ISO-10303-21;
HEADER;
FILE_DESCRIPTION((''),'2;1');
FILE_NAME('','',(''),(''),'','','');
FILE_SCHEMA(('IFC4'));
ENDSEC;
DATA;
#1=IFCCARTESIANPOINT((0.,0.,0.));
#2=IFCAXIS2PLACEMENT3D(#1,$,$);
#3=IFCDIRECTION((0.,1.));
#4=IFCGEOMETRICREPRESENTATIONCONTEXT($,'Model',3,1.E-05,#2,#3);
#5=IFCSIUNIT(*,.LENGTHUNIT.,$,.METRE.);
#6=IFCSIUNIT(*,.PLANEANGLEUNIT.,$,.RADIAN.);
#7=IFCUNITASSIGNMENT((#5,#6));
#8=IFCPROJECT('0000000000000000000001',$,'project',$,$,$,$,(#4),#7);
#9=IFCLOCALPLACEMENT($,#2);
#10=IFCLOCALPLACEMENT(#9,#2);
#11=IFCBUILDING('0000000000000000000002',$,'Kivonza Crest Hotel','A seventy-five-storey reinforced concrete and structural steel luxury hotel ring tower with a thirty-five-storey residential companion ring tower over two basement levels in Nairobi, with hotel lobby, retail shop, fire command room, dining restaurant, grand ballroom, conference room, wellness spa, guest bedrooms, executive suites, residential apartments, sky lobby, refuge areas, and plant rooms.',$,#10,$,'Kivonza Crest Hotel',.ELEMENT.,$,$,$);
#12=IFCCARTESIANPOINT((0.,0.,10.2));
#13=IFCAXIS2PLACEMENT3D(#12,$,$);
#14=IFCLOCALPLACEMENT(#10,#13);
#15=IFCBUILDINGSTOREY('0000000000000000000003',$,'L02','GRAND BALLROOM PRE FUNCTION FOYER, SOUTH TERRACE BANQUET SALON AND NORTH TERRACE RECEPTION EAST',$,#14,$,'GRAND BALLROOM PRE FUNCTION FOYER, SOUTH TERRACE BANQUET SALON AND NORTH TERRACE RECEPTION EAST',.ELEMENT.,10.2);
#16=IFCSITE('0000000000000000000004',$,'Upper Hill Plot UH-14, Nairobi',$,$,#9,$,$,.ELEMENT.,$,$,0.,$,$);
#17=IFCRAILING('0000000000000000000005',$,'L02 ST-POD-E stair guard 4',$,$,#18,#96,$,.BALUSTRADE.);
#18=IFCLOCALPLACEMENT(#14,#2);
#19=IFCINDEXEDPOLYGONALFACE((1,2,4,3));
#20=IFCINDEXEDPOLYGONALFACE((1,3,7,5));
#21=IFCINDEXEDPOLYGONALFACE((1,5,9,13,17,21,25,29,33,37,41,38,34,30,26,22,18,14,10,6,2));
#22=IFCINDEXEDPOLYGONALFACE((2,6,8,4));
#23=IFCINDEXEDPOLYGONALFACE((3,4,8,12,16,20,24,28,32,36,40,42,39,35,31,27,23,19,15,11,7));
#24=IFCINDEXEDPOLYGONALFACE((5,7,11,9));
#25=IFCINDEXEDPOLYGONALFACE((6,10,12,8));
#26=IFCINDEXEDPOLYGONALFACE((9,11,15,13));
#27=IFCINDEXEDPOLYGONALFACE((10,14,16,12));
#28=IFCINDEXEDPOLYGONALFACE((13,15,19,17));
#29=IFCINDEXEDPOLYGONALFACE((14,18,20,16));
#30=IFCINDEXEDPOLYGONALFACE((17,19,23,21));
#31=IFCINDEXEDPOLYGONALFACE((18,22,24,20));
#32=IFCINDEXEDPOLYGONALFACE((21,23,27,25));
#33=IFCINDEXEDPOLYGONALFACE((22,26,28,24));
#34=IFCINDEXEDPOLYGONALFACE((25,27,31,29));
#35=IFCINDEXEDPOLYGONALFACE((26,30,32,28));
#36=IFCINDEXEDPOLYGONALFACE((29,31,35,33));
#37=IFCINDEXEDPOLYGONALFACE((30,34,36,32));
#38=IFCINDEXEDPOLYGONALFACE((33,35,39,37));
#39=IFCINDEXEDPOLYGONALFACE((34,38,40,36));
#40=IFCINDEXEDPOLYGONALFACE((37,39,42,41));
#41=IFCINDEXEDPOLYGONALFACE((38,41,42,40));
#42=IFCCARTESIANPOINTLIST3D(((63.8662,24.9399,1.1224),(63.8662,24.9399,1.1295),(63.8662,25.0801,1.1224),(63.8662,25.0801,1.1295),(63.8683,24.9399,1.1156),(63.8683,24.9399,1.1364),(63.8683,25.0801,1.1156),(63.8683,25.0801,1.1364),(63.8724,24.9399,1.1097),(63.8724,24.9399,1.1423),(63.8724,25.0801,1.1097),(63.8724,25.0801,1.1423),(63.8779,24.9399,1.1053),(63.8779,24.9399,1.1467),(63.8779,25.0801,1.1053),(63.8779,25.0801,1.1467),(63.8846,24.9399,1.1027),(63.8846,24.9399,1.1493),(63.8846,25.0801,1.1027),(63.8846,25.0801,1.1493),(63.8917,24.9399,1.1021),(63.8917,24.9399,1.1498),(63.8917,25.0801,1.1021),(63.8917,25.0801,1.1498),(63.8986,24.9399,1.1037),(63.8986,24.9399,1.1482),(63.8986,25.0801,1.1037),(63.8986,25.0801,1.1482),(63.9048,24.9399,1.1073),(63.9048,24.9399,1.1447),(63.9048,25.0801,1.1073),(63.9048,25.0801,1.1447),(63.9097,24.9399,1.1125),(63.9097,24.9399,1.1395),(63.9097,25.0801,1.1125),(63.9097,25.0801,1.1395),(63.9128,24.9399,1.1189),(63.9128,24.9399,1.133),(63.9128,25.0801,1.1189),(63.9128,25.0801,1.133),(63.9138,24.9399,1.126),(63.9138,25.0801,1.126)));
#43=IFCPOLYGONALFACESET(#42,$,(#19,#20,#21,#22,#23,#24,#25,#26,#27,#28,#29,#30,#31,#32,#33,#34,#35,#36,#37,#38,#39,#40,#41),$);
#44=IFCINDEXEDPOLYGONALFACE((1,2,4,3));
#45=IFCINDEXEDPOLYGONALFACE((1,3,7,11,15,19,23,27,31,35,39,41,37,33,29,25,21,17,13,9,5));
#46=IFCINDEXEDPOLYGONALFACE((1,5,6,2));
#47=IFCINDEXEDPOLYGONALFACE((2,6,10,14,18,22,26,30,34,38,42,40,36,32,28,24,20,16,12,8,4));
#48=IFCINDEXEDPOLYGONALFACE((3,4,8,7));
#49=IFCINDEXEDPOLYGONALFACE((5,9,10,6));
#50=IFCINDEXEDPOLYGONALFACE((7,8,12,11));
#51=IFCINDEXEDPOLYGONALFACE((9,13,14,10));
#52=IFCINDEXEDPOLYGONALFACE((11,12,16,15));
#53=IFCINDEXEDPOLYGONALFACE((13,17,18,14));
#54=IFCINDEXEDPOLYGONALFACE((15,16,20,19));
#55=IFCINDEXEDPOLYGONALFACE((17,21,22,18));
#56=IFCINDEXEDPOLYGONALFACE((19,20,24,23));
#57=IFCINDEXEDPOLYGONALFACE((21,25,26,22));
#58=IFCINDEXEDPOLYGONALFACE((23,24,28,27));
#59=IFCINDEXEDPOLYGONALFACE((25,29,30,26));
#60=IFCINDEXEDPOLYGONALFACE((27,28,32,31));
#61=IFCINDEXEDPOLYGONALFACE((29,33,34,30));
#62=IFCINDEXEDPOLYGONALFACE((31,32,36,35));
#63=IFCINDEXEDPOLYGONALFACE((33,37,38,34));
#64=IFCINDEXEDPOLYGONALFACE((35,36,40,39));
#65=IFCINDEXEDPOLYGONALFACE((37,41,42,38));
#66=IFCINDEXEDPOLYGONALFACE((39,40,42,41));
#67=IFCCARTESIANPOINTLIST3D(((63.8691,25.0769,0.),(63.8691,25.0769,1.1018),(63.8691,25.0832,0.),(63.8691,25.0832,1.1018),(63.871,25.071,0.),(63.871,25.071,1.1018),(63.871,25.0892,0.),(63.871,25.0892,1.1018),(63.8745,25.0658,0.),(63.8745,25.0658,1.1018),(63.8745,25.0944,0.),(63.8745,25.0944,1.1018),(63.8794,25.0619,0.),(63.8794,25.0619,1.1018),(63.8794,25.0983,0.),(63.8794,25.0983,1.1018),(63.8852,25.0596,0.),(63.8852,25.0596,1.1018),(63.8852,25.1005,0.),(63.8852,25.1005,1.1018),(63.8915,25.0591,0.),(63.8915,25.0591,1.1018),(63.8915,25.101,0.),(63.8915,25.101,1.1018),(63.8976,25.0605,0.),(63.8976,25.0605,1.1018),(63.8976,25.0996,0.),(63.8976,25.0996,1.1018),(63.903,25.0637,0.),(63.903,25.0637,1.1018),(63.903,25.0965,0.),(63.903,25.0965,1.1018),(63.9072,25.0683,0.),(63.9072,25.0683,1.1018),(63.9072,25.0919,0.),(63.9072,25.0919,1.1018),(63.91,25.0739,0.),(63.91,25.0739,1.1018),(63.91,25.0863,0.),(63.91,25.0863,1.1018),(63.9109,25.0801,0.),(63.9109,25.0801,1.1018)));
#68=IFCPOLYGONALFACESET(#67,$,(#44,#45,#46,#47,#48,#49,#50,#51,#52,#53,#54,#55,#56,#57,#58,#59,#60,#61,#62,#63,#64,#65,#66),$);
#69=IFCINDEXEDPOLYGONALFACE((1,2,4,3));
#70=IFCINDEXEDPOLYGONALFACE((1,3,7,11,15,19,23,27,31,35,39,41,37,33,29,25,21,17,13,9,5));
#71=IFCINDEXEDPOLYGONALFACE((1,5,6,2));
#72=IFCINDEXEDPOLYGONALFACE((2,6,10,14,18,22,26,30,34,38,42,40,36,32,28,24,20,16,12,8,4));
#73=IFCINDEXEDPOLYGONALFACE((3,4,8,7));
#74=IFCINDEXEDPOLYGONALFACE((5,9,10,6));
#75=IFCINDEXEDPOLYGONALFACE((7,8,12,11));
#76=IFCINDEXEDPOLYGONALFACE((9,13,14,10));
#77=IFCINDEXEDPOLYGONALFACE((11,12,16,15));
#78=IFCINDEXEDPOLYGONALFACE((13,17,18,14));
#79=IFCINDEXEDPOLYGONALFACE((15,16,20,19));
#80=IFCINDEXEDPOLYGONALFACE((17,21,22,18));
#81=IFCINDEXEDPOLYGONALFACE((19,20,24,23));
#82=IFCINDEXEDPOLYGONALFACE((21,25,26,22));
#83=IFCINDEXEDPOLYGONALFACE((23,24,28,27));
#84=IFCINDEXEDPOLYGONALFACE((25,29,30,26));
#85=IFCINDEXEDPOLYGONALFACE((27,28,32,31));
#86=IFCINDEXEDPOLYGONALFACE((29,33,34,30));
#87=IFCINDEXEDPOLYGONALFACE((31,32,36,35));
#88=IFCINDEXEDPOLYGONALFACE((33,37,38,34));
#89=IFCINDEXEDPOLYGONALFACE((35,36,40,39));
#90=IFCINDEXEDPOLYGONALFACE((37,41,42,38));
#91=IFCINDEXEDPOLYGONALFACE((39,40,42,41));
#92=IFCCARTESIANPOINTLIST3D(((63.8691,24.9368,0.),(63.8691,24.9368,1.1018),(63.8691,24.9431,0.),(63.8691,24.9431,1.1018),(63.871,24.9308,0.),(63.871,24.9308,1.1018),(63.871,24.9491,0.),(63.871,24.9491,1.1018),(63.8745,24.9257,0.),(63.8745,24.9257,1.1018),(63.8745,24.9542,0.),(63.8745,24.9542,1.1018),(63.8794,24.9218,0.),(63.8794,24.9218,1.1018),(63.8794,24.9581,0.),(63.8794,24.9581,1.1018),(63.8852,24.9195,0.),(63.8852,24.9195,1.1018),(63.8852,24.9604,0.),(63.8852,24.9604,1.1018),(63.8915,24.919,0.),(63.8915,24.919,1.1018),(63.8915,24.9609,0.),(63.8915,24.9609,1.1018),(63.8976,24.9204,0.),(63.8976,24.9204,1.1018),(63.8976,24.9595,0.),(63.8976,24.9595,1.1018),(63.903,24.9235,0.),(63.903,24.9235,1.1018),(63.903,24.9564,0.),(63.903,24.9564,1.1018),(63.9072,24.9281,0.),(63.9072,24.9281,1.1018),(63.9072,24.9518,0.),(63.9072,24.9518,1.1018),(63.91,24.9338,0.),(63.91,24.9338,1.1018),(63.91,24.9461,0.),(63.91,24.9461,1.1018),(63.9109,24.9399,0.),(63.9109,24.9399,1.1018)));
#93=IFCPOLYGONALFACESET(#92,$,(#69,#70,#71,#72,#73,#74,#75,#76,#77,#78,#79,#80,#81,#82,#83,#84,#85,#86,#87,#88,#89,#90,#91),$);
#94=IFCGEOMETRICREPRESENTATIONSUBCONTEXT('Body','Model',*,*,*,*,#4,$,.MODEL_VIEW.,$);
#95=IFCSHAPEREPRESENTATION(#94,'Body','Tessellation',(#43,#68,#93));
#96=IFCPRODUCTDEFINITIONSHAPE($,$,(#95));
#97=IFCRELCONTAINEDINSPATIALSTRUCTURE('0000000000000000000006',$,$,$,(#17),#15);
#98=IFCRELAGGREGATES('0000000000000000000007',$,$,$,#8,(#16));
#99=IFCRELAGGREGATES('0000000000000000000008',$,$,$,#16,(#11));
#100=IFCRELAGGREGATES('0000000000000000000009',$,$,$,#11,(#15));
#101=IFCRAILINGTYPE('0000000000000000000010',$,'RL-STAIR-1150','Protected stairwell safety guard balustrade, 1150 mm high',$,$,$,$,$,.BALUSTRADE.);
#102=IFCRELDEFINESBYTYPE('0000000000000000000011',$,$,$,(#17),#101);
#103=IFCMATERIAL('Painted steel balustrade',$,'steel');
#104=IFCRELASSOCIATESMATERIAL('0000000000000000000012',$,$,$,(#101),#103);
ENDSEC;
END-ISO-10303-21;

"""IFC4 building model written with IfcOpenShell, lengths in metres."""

from ifc_helpers import new_model, si_unit, direction, frame, origin, origin_2d, place, context, subcontext, project, spatial, circle, extrude, material, type_object, element, save


model = new_model("IFC4")

# Units and contexts
model_context = context("Model", 3, precision=1e-05, world=origin(), true_north=direction((0.0, 1.0)))
body_context = subcontext(model_context, "Body", "Model", "MODEL_VIEW")
ifc_project = project(units=[si_unit("LENGTHUNIT", "METRE"), si_unit("PLANEANGLEUNIT", "RADIAN")], contexts=[model_context])

# Site, building, storey
site_placement = place(None, origin())
site = spatial("IfcSite", under=ifc_project, at=site_placement, Name="Upper Hill Plot UH-14, Nairobi", CompositionType="ELEMENT", RefElevation=0.0)
building_placement = place(site_placement, origin())
building = spatial("IfcBuilding", under=site, at=building_placement, Name="Kivonza Crest Hotel", Description="A seventy-five-storey reinforced concrete and structural steel luxury hotel ring tower with a thirty-five-storey residential companion ring tower over two basement levels in Nairobi, with hotel lobby, retail shop, fire command room, dining restaurant, grand ballroom, conference room, wellness spa, guest bedrooms, executive suites, residential apartments, sky lobby, refuge areas, and plant rooms.", LongName="Kivonza Crest Hotel", CompositionType="ELEMENT")
storey_placement = place(building_placement, frame((0.0, 0.0, 10.2)))
storey = spatial("IfcBuildingStorey", under=building, at=storey_placement, Name="L02", Description="GRAND BALLROOM PRE FUNCTION FOYER, SOUTH TERRACE BANQUET SALON AND NORTH TERRACE RECEPTION EAST", LongName="GRAND BALLROOM PRE FUNCTION FOYER, SOUTH TERRACE BANQUET SALON AND NORTH TERRACE RECEPTION EAST", CompositionType="ELEMENT", Elevation=10.2)

# Railing
ifc_material_1 = material(Name="Painted steel balustrade", Category="steel")
railing_type_1 = type_object("IfcRailingType", Name="RL-STAIR-1150", Description="Protected stairwell safety guard balustrade, 1150 mm high", PredefinedType="BALUSTRADE", material=ifc_material_1)
railing_1_placement = place(storey_placement, frame((63.8899, 25.0801, 0.0)))
element("IfcRailing", 1, at=railing_1_placement, inside=storey, type_object=railing_type_1, Name="L02 ST-POD-E stair guard 4", PredefinedType="BALUSTRADE", context=body_context, shape_type="SweptSolid", body=[
    extrude(circle(Radius=0.0239, at=origin_2d()), frame((0.0, 0.0, 1.126), z_axis=(0.0, -1.0, 0.0), x_axis=(1.0, 0.0, 0.0)), (0.0, 0.0, 1.0), 0.1401),
    extrude(circle(Radius=0.021, at=origin_2d()), origin(), (0.0, 0.0, 1.0), 1.1018),
    extrude(circle(Radius=0.021, at=origin_2d()), frame((0.0, -0.1401, 0.0)), (0.0, 0.0, 1.0), 1.1018),
])

save(model, "model.ifc")
